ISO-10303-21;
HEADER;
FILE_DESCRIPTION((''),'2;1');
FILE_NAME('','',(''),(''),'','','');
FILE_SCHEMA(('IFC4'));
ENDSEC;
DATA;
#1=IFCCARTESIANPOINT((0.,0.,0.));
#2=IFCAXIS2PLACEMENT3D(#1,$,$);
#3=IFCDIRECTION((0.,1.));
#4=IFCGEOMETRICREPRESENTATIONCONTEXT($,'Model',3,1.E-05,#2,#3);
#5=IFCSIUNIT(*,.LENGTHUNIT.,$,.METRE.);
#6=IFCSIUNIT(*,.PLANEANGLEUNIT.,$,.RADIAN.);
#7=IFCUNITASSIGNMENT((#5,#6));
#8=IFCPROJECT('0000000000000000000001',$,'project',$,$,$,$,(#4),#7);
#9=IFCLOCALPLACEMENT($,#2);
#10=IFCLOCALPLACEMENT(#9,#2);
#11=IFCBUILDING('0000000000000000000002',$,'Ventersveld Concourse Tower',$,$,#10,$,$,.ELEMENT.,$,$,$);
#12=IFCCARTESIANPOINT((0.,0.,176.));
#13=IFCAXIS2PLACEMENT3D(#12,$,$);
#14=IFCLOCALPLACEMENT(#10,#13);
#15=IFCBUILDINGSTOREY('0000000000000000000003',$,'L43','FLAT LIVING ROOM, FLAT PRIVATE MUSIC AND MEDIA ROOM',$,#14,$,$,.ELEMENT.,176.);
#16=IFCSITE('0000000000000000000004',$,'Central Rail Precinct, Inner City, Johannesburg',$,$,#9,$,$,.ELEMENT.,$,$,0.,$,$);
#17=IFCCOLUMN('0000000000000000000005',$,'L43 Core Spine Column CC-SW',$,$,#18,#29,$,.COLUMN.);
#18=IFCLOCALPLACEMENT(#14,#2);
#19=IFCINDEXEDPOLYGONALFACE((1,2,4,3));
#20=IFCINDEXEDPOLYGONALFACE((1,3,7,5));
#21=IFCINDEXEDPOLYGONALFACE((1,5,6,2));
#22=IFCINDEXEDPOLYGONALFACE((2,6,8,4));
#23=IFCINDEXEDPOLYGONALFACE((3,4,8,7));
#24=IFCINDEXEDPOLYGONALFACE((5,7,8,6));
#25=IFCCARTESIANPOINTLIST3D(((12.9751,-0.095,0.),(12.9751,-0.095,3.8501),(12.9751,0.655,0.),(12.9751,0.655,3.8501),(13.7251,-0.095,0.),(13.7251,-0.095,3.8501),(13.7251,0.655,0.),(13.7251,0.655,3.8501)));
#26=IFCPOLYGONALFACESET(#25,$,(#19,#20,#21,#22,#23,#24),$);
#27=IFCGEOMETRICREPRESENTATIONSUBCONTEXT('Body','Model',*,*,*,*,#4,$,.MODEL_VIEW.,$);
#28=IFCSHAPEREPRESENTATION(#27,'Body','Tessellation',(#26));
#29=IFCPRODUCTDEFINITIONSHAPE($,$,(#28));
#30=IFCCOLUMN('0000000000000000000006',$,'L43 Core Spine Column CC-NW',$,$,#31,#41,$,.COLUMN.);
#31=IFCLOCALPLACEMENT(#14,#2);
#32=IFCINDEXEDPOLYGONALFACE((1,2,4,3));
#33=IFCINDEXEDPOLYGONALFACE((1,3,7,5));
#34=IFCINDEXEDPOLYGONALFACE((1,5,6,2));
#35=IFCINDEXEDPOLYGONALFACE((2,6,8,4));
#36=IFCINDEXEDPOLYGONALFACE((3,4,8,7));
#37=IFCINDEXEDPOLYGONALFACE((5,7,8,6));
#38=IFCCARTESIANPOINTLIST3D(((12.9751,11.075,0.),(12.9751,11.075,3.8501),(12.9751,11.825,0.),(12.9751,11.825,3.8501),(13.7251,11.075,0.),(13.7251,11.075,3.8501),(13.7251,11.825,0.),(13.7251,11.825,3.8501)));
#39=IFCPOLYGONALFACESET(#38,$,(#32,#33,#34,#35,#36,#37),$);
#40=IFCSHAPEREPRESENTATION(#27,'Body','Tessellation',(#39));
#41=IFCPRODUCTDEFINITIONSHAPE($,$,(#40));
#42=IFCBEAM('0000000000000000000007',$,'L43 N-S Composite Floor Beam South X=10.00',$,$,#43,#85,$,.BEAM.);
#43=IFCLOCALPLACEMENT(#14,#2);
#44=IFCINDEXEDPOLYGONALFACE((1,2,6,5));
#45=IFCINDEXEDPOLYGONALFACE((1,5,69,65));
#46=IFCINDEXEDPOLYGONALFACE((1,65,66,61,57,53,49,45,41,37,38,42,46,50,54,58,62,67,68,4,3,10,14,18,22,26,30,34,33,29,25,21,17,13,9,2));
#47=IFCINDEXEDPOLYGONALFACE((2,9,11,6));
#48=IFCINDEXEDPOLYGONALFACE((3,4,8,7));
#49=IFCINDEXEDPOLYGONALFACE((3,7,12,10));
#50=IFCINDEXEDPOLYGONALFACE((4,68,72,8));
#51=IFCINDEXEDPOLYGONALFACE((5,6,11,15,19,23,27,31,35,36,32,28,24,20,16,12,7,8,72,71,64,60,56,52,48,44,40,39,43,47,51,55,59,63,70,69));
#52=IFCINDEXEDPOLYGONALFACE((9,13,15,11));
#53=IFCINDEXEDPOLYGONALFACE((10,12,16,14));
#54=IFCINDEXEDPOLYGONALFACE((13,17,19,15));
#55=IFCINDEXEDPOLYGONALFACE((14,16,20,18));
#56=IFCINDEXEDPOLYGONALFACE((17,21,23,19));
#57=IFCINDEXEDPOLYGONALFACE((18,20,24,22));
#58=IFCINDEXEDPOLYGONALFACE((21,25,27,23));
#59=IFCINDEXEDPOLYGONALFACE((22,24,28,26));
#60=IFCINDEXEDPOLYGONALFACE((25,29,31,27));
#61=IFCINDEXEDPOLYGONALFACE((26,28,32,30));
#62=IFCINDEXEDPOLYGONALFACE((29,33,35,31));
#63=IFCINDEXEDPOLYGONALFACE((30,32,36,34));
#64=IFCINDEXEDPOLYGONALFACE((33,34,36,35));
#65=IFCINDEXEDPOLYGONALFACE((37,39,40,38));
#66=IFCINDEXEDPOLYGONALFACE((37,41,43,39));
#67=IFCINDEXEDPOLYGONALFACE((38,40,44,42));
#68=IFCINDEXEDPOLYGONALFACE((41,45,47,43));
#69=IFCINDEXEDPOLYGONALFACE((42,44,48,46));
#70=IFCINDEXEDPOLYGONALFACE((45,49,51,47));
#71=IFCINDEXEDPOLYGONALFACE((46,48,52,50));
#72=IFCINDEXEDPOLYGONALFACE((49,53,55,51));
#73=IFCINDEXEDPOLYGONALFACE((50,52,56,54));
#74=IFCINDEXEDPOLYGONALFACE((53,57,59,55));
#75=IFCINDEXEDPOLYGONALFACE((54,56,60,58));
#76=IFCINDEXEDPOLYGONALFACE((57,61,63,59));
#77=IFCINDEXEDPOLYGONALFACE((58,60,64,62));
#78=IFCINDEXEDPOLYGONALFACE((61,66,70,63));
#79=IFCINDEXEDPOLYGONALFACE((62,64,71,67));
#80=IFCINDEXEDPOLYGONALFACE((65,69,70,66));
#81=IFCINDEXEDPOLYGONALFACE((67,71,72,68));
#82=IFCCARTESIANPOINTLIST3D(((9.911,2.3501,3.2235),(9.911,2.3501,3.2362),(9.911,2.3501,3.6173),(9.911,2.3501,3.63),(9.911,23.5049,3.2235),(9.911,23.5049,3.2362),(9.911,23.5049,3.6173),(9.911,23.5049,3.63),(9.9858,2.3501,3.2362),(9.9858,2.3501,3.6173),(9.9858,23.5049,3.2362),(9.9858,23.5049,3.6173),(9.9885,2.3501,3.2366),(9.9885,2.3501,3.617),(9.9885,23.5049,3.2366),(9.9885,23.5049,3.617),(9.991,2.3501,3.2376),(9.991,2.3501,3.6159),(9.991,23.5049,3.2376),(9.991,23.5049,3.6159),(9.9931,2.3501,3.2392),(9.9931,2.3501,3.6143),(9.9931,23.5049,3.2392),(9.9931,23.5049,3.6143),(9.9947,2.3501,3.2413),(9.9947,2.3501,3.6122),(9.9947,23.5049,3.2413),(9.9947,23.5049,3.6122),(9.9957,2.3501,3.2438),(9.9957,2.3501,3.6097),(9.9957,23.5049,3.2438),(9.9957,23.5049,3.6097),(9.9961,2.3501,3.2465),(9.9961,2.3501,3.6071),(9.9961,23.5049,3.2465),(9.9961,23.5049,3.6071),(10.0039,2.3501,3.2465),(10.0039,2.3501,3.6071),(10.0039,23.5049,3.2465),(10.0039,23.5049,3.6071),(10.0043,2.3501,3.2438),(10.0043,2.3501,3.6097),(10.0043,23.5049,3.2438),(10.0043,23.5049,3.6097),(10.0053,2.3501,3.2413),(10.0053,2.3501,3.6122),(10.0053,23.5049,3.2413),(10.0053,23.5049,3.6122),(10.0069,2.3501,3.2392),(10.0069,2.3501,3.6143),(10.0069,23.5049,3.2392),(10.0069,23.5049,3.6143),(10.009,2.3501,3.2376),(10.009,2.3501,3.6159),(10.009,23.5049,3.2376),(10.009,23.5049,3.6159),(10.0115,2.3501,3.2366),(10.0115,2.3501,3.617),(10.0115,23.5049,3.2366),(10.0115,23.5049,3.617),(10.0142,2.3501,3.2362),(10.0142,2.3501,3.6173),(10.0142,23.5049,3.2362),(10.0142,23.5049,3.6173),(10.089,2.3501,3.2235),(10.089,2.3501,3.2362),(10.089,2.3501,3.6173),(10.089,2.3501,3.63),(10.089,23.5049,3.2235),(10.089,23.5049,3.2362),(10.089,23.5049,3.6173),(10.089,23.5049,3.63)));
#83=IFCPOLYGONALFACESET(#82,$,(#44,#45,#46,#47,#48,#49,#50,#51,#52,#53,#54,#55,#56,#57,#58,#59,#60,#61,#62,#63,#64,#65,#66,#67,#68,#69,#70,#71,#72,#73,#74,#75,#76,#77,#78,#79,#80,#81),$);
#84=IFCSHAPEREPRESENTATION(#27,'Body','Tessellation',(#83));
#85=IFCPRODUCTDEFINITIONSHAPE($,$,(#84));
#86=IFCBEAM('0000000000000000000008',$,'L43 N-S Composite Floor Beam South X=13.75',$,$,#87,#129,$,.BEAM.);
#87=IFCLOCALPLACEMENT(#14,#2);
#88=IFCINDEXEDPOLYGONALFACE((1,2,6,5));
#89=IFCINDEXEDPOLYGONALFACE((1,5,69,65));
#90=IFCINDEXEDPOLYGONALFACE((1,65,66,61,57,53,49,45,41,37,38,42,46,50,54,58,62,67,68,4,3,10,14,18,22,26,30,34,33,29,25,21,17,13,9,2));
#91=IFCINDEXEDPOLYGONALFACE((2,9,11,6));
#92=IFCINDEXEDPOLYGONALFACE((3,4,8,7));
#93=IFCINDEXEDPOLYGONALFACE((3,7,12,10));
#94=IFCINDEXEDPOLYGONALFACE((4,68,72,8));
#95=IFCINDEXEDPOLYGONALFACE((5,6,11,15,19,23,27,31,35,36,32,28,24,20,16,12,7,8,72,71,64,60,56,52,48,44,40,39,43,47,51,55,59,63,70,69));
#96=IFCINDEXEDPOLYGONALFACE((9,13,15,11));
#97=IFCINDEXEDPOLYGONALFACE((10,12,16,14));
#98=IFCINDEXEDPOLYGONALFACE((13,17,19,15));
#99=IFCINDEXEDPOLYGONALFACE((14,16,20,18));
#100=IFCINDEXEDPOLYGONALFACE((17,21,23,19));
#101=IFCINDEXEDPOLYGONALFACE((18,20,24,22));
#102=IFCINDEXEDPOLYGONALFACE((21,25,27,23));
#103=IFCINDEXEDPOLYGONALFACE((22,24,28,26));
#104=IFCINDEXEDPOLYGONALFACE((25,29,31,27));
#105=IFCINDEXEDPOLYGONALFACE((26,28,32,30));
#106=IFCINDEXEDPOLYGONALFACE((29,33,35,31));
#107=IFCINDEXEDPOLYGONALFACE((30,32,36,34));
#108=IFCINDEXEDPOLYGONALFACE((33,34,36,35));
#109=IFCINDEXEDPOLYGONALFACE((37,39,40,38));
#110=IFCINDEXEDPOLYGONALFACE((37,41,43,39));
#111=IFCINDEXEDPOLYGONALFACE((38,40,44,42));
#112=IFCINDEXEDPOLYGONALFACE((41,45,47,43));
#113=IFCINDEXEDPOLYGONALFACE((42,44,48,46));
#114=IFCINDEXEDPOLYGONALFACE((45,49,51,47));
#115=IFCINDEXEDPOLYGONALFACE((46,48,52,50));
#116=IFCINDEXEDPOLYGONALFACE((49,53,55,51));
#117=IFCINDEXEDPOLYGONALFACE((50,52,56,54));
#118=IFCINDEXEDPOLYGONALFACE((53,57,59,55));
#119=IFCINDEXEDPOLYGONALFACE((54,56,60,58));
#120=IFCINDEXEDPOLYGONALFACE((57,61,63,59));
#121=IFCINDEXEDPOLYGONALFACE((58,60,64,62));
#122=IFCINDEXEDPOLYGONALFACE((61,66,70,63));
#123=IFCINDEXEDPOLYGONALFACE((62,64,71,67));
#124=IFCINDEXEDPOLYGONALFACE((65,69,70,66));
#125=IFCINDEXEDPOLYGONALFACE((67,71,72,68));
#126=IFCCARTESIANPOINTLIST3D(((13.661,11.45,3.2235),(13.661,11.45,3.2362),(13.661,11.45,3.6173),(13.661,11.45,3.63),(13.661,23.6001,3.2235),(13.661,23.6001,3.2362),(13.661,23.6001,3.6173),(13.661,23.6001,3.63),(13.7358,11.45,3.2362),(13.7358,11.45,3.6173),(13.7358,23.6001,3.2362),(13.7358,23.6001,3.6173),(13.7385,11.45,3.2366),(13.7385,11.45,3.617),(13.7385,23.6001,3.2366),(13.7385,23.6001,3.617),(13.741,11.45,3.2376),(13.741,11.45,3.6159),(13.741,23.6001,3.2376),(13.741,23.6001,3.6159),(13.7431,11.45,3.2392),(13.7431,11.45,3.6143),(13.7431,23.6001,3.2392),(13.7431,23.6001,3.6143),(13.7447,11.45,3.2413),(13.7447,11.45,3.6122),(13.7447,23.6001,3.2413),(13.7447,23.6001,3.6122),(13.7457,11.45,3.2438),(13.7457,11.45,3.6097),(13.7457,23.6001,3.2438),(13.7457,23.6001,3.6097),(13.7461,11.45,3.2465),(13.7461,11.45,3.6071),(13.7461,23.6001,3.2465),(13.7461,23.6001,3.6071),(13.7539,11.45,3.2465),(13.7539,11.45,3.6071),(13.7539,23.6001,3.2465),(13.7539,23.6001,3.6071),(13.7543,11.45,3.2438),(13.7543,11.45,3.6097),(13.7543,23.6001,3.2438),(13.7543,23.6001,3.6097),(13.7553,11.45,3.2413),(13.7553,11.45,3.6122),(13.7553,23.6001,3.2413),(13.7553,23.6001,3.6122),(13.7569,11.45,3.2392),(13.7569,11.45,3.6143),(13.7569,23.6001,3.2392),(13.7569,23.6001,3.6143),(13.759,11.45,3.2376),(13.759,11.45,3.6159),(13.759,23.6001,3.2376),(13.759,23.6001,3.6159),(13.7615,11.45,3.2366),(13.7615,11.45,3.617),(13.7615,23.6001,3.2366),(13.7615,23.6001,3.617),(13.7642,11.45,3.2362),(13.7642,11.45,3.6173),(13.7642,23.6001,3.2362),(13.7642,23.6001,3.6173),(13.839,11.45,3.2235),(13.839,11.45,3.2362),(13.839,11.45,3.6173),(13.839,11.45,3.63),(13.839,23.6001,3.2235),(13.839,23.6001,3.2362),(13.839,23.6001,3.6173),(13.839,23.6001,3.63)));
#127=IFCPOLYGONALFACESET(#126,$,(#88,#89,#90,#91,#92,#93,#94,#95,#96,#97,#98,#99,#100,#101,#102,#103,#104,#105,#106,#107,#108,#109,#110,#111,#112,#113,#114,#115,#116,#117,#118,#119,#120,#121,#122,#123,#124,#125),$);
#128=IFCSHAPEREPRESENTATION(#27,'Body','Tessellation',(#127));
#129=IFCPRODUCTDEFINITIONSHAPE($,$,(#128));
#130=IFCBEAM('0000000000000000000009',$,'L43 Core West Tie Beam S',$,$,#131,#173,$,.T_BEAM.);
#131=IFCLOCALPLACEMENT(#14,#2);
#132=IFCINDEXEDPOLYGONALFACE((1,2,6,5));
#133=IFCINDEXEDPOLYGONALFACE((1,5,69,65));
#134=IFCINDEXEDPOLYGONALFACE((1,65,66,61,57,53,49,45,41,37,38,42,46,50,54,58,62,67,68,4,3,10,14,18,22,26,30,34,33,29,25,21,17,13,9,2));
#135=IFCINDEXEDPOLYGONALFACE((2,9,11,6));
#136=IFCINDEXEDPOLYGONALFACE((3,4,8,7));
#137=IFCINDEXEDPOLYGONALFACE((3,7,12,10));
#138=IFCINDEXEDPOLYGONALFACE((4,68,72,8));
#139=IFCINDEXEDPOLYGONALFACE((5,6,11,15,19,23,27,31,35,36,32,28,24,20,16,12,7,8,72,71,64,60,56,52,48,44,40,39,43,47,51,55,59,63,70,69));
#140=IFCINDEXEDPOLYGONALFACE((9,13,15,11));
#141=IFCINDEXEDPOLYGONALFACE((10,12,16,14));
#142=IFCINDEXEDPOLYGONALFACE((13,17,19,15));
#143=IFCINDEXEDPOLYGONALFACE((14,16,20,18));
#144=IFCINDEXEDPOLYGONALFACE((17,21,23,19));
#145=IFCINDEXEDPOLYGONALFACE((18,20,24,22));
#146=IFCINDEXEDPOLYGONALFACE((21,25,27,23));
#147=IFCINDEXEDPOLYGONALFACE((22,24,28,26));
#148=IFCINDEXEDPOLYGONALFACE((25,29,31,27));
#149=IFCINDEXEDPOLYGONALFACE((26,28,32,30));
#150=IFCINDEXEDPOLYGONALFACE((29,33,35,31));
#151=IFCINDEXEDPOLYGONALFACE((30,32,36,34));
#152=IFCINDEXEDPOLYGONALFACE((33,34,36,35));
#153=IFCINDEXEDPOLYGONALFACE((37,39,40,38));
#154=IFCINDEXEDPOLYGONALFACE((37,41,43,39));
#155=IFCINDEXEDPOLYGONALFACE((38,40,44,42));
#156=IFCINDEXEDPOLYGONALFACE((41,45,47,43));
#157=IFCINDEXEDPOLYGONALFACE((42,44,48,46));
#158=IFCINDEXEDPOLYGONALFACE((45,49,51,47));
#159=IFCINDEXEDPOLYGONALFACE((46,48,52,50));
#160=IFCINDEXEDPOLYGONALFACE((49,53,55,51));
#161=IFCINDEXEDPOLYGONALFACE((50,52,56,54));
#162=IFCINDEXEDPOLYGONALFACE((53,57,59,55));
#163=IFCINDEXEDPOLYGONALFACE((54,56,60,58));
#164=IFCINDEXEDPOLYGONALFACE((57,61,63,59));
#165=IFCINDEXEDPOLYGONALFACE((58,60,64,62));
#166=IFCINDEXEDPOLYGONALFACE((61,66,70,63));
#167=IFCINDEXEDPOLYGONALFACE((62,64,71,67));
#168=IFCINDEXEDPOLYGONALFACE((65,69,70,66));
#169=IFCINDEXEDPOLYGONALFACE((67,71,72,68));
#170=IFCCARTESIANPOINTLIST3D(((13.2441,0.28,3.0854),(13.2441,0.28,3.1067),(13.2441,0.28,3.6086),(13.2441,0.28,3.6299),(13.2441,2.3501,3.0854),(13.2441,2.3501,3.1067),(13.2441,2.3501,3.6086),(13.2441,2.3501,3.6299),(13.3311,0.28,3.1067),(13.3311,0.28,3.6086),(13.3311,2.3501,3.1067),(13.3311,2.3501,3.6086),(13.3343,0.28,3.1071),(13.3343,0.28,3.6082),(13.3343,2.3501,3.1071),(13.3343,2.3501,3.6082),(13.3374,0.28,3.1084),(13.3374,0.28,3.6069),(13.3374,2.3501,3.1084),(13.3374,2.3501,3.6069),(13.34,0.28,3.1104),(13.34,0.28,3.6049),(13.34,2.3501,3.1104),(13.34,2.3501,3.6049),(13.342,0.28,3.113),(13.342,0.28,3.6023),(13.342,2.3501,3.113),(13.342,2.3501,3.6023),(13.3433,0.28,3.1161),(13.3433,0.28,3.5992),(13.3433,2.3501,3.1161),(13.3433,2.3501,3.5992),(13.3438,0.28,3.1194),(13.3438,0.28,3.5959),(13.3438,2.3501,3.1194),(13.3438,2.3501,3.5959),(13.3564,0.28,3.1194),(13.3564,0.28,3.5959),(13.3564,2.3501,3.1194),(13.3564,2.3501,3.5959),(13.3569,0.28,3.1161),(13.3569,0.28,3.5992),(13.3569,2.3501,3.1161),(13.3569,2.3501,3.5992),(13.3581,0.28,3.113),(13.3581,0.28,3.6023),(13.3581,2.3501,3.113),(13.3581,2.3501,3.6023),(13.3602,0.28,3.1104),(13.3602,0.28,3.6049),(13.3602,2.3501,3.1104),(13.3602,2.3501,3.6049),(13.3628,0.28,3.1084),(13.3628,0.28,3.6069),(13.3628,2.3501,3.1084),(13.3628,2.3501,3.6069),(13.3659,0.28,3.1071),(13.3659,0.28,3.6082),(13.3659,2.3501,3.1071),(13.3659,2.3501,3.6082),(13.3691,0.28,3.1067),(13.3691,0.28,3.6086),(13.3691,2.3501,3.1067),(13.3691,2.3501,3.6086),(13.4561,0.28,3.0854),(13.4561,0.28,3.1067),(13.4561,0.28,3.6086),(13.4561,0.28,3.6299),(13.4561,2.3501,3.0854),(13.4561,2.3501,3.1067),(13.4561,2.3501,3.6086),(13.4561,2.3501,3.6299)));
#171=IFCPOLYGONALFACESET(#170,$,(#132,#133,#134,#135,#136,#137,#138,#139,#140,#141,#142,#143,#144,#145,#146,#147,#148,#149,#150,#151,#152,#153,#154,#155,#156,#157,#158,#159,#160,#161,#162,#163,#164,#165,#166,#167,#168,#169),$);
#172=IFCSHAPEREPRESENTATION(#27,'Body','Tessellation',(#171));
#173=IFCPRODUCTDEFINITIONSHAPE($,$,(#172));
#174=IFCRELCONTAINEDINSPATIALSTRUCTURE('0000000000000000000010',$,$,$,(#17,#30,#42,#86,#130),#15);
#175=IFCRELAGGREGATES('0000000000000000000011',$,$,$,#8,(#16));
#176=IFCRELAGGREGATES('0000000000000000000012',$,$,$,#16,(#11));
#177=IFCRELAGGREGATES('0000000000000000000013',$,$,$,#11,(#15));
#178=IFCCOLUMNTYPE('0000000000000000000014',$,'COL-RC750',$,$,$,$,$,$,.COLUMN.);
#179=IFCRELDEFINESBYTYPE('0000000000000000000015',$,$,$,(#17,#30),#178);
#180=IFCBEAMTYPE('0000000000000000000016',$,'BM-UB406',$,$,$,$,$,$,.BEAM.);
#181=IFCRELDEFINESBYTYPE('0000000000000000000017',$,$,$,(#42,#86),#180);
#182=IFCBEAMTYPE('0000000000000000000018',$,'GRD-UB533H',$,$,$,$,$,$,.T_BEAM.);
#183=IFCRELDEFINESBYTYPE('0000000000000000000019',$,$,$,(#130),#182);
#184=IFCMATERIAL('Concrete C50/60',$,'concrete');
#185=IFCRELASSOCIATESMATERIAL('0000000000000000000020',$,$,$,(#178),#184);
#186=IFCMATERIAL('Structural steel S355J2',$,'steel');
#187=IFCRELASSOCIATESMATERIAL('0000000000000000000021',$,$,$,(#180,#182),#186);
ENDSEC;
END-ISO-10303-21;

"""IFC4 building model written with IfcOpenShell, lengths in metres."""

from ifc_helpers import new_model, si_unit, direction, frame, origin, origin_2d, place, context, subcontext, project, spatial, rectangle, i_section, extrude, material, material_profile, profile_set, type_object, element, save


model = new_model("IFC4")

# Units and contexts
model_context = context("Model", 3, precision=1e-05, world=origin(), true_north=direction((0.0, 1.0)))
body_context = subcontext(model_context, "Body", "Model", "MODEL_VIEW")
ifc_project = project(units=[si_unit("LENGTHUNIT", "METRE"), si_unit("PLANEANGLEUNIT", "RADIAN")], contexts=[model_context])

# Site, building, storey
site_placement = place(None, origin())
site = spatial("IfcSite", under=ifc_project, at=site_placement, Name="Central Rail Precinct, Inner City, Johannesburg", CompositionType="ELEMENT", RefElevation=0.0)
building_placement = place(site_placement, origin())
building = spatial("IfcBuilding", under=site, at=building_placement, Name="Ventersveld Concourse Tower", CompositionType="ELEMENT")
storey_placement = place(building_placement, frame((0.0, 0.0, 176.0)))
storey = spatial("IfcBuildingStorey", under=building, at=storey_placement, Name="L43", Description="FLAT LIVING ROOM, FLAT PRIVATE MUSIC AND MEDIA ROOM", CompositionType="ELEMENT", Elevation=176.0)

# Columns
ifc_material_1 = material(Name="Concrete C50/60", Category="concrete")
ifc_material_profile_1 = material_profile(ifc_material_1, rectangle(XDim=0.75, YDim=0.75, at=origin_2d()), Name="RC 750x750")
ifc_profile_set_1 = profile_set([ifc_material_profile_1], Name="Concrete C50/60")
column_type = type_object("IfcColumnType", Name="COL-RC750", PredefinedType="COLUMN", material=ifc_profile_set_1)
for number, where, z_axis, x_axis, name in (
    (1, (13.3501, 0.28, 0.0), (0.0, 0.0, 1.0), (1.0, 0.0, 0.0), "L43 Core Spine Column CC-SW"),
    (2, (13.3501, 11.45, 0.0), (0.0, 0.0, 1.0), (1.0, 0.0, 0.0), "L43 Core Spine Column CC-NW"),
):
    element("IfcColumn", number, at=place(storey_placement, frame(where, z_axis=z_axis, x_axis=x_axis)), inside=storey, type_object=column_type, Name=name, PredefinedType="COLUMN", context=body_context, shape_type="SweptSolid", body=[
        extrude(rectangle(XDim=0.75, YDim=0.75, at=origin_2d()), origin(), (0.0, 0.0, 1.0), 3.8501),
    ])

# Beams
ifc_material_2 = material(Name="Structural steel S355J2", Category="steel")
ifc_material_profile_2 = material_profile(ifc_material_2, i_section(OverallWidth=0.178, OverallDepth=0.4065, WebThickness=0.0078, FlangeThickness=0.0127, FilletRadius=0.0103, at=origin_2d()), Name="UB 406x178x60")
ifc_profile_set_2 = profile_set([ifc_material_profile_2], Name="Structural steel S355J2")
beam_type_1 = type_object("IfcBeamType", Name="BM-UB406", PredefinedType="BEAM", material=ifc_profile_set_2)
beam_1_placement = place(storey_placement, frame((10.0, 2.3501, 3.4268), z_axis=(0.0, 1.0, 0.0), x_axis=(-1.0, 0.0, 0.0)))
element("IfcBeam", 3, at=beam_1_placement, inside=storey, type_object=beam_type_1, Name="L43 N-S Composite Floor Beam South X=10.00", PredefinedType="BEAM", context=body_context, shape_type="SweptSolid", body=[
    extrude(i_section(OverallWidth=0.178, OverallDepth=0.4065, WebThickness=0.0078, FlangeThickness=0.0127, FilletRadius=0.0103, at=origin_2d()), origin(), (0.0, 0.0, 1.0), 21.1548),
])
beam_2_placement = place(storey_placement, frame((13.75, 11.45, 3.4268), z_axis=(0.0, 1.0, 0.0), x_axis=(-1.0, 0.0, 0.0)))
element("IfcBeam", 4, at=beam_2_placement, inside=storey, type_object=beam_type_1, Name="L43 N-S Composite Floor Beam South X=13.75", PredefinedType="BEAM", context=body_context, shape_type="SweptSolid", body=[
    extrude(i_section(OverallWidth=0.178, OverallDepth=0.4065, WebThickness=0.0078, FlangeThickness=0.0127, FilletRadius=0.0103, at=origin_2d()), origin(), (0.0, 0.0, 1.0), 12.1501),
])
ifc_material_profile_3 = material_profile(ifc_material_2, i_section(OverallWidth=0.2119, OverallDepth=0.5444, WebThickness=0.0127, FlangeThickness=0.0212, FilletRadius=0.0127, at=origin_2d()), Name="UB 533x210x122")
ifc_profile_set_3 = profile_set([ifc_material_profile_3], Name="Structural steel S355J2")
beam_type_2 = type_object("IfcBeamType", Name="GRD-UB533H", PredefinedType="T_BEAM", material=ifc_profile_set_3)
beam_3_placement = place(storey_placement, frame((13.3501, 0.28, 3.3577), z_axis=(0.0, 1.0, 0.0), x_axis=(-1.0, 0.0, 0.0)))
element("IfcBeam", 5, at=beam_3_placement, inside=storey, type_object=beam_type_2, Name="L43 Core West Tie Beam S", PredefinedType="T_BEAM", context=body_context, shape_type="SweptSolid", body=[
    extrude(i_section(OverallWidth=0.2119, OverallDepth=0.5444, WebThickness=0.0127, FlangeThickness=0.0212, FilletRadius=0.0127, at=origin_2d()), origin(), (0.0, 0.0, 1.0), 2.0701),
])

save(model, "model.ifc")
